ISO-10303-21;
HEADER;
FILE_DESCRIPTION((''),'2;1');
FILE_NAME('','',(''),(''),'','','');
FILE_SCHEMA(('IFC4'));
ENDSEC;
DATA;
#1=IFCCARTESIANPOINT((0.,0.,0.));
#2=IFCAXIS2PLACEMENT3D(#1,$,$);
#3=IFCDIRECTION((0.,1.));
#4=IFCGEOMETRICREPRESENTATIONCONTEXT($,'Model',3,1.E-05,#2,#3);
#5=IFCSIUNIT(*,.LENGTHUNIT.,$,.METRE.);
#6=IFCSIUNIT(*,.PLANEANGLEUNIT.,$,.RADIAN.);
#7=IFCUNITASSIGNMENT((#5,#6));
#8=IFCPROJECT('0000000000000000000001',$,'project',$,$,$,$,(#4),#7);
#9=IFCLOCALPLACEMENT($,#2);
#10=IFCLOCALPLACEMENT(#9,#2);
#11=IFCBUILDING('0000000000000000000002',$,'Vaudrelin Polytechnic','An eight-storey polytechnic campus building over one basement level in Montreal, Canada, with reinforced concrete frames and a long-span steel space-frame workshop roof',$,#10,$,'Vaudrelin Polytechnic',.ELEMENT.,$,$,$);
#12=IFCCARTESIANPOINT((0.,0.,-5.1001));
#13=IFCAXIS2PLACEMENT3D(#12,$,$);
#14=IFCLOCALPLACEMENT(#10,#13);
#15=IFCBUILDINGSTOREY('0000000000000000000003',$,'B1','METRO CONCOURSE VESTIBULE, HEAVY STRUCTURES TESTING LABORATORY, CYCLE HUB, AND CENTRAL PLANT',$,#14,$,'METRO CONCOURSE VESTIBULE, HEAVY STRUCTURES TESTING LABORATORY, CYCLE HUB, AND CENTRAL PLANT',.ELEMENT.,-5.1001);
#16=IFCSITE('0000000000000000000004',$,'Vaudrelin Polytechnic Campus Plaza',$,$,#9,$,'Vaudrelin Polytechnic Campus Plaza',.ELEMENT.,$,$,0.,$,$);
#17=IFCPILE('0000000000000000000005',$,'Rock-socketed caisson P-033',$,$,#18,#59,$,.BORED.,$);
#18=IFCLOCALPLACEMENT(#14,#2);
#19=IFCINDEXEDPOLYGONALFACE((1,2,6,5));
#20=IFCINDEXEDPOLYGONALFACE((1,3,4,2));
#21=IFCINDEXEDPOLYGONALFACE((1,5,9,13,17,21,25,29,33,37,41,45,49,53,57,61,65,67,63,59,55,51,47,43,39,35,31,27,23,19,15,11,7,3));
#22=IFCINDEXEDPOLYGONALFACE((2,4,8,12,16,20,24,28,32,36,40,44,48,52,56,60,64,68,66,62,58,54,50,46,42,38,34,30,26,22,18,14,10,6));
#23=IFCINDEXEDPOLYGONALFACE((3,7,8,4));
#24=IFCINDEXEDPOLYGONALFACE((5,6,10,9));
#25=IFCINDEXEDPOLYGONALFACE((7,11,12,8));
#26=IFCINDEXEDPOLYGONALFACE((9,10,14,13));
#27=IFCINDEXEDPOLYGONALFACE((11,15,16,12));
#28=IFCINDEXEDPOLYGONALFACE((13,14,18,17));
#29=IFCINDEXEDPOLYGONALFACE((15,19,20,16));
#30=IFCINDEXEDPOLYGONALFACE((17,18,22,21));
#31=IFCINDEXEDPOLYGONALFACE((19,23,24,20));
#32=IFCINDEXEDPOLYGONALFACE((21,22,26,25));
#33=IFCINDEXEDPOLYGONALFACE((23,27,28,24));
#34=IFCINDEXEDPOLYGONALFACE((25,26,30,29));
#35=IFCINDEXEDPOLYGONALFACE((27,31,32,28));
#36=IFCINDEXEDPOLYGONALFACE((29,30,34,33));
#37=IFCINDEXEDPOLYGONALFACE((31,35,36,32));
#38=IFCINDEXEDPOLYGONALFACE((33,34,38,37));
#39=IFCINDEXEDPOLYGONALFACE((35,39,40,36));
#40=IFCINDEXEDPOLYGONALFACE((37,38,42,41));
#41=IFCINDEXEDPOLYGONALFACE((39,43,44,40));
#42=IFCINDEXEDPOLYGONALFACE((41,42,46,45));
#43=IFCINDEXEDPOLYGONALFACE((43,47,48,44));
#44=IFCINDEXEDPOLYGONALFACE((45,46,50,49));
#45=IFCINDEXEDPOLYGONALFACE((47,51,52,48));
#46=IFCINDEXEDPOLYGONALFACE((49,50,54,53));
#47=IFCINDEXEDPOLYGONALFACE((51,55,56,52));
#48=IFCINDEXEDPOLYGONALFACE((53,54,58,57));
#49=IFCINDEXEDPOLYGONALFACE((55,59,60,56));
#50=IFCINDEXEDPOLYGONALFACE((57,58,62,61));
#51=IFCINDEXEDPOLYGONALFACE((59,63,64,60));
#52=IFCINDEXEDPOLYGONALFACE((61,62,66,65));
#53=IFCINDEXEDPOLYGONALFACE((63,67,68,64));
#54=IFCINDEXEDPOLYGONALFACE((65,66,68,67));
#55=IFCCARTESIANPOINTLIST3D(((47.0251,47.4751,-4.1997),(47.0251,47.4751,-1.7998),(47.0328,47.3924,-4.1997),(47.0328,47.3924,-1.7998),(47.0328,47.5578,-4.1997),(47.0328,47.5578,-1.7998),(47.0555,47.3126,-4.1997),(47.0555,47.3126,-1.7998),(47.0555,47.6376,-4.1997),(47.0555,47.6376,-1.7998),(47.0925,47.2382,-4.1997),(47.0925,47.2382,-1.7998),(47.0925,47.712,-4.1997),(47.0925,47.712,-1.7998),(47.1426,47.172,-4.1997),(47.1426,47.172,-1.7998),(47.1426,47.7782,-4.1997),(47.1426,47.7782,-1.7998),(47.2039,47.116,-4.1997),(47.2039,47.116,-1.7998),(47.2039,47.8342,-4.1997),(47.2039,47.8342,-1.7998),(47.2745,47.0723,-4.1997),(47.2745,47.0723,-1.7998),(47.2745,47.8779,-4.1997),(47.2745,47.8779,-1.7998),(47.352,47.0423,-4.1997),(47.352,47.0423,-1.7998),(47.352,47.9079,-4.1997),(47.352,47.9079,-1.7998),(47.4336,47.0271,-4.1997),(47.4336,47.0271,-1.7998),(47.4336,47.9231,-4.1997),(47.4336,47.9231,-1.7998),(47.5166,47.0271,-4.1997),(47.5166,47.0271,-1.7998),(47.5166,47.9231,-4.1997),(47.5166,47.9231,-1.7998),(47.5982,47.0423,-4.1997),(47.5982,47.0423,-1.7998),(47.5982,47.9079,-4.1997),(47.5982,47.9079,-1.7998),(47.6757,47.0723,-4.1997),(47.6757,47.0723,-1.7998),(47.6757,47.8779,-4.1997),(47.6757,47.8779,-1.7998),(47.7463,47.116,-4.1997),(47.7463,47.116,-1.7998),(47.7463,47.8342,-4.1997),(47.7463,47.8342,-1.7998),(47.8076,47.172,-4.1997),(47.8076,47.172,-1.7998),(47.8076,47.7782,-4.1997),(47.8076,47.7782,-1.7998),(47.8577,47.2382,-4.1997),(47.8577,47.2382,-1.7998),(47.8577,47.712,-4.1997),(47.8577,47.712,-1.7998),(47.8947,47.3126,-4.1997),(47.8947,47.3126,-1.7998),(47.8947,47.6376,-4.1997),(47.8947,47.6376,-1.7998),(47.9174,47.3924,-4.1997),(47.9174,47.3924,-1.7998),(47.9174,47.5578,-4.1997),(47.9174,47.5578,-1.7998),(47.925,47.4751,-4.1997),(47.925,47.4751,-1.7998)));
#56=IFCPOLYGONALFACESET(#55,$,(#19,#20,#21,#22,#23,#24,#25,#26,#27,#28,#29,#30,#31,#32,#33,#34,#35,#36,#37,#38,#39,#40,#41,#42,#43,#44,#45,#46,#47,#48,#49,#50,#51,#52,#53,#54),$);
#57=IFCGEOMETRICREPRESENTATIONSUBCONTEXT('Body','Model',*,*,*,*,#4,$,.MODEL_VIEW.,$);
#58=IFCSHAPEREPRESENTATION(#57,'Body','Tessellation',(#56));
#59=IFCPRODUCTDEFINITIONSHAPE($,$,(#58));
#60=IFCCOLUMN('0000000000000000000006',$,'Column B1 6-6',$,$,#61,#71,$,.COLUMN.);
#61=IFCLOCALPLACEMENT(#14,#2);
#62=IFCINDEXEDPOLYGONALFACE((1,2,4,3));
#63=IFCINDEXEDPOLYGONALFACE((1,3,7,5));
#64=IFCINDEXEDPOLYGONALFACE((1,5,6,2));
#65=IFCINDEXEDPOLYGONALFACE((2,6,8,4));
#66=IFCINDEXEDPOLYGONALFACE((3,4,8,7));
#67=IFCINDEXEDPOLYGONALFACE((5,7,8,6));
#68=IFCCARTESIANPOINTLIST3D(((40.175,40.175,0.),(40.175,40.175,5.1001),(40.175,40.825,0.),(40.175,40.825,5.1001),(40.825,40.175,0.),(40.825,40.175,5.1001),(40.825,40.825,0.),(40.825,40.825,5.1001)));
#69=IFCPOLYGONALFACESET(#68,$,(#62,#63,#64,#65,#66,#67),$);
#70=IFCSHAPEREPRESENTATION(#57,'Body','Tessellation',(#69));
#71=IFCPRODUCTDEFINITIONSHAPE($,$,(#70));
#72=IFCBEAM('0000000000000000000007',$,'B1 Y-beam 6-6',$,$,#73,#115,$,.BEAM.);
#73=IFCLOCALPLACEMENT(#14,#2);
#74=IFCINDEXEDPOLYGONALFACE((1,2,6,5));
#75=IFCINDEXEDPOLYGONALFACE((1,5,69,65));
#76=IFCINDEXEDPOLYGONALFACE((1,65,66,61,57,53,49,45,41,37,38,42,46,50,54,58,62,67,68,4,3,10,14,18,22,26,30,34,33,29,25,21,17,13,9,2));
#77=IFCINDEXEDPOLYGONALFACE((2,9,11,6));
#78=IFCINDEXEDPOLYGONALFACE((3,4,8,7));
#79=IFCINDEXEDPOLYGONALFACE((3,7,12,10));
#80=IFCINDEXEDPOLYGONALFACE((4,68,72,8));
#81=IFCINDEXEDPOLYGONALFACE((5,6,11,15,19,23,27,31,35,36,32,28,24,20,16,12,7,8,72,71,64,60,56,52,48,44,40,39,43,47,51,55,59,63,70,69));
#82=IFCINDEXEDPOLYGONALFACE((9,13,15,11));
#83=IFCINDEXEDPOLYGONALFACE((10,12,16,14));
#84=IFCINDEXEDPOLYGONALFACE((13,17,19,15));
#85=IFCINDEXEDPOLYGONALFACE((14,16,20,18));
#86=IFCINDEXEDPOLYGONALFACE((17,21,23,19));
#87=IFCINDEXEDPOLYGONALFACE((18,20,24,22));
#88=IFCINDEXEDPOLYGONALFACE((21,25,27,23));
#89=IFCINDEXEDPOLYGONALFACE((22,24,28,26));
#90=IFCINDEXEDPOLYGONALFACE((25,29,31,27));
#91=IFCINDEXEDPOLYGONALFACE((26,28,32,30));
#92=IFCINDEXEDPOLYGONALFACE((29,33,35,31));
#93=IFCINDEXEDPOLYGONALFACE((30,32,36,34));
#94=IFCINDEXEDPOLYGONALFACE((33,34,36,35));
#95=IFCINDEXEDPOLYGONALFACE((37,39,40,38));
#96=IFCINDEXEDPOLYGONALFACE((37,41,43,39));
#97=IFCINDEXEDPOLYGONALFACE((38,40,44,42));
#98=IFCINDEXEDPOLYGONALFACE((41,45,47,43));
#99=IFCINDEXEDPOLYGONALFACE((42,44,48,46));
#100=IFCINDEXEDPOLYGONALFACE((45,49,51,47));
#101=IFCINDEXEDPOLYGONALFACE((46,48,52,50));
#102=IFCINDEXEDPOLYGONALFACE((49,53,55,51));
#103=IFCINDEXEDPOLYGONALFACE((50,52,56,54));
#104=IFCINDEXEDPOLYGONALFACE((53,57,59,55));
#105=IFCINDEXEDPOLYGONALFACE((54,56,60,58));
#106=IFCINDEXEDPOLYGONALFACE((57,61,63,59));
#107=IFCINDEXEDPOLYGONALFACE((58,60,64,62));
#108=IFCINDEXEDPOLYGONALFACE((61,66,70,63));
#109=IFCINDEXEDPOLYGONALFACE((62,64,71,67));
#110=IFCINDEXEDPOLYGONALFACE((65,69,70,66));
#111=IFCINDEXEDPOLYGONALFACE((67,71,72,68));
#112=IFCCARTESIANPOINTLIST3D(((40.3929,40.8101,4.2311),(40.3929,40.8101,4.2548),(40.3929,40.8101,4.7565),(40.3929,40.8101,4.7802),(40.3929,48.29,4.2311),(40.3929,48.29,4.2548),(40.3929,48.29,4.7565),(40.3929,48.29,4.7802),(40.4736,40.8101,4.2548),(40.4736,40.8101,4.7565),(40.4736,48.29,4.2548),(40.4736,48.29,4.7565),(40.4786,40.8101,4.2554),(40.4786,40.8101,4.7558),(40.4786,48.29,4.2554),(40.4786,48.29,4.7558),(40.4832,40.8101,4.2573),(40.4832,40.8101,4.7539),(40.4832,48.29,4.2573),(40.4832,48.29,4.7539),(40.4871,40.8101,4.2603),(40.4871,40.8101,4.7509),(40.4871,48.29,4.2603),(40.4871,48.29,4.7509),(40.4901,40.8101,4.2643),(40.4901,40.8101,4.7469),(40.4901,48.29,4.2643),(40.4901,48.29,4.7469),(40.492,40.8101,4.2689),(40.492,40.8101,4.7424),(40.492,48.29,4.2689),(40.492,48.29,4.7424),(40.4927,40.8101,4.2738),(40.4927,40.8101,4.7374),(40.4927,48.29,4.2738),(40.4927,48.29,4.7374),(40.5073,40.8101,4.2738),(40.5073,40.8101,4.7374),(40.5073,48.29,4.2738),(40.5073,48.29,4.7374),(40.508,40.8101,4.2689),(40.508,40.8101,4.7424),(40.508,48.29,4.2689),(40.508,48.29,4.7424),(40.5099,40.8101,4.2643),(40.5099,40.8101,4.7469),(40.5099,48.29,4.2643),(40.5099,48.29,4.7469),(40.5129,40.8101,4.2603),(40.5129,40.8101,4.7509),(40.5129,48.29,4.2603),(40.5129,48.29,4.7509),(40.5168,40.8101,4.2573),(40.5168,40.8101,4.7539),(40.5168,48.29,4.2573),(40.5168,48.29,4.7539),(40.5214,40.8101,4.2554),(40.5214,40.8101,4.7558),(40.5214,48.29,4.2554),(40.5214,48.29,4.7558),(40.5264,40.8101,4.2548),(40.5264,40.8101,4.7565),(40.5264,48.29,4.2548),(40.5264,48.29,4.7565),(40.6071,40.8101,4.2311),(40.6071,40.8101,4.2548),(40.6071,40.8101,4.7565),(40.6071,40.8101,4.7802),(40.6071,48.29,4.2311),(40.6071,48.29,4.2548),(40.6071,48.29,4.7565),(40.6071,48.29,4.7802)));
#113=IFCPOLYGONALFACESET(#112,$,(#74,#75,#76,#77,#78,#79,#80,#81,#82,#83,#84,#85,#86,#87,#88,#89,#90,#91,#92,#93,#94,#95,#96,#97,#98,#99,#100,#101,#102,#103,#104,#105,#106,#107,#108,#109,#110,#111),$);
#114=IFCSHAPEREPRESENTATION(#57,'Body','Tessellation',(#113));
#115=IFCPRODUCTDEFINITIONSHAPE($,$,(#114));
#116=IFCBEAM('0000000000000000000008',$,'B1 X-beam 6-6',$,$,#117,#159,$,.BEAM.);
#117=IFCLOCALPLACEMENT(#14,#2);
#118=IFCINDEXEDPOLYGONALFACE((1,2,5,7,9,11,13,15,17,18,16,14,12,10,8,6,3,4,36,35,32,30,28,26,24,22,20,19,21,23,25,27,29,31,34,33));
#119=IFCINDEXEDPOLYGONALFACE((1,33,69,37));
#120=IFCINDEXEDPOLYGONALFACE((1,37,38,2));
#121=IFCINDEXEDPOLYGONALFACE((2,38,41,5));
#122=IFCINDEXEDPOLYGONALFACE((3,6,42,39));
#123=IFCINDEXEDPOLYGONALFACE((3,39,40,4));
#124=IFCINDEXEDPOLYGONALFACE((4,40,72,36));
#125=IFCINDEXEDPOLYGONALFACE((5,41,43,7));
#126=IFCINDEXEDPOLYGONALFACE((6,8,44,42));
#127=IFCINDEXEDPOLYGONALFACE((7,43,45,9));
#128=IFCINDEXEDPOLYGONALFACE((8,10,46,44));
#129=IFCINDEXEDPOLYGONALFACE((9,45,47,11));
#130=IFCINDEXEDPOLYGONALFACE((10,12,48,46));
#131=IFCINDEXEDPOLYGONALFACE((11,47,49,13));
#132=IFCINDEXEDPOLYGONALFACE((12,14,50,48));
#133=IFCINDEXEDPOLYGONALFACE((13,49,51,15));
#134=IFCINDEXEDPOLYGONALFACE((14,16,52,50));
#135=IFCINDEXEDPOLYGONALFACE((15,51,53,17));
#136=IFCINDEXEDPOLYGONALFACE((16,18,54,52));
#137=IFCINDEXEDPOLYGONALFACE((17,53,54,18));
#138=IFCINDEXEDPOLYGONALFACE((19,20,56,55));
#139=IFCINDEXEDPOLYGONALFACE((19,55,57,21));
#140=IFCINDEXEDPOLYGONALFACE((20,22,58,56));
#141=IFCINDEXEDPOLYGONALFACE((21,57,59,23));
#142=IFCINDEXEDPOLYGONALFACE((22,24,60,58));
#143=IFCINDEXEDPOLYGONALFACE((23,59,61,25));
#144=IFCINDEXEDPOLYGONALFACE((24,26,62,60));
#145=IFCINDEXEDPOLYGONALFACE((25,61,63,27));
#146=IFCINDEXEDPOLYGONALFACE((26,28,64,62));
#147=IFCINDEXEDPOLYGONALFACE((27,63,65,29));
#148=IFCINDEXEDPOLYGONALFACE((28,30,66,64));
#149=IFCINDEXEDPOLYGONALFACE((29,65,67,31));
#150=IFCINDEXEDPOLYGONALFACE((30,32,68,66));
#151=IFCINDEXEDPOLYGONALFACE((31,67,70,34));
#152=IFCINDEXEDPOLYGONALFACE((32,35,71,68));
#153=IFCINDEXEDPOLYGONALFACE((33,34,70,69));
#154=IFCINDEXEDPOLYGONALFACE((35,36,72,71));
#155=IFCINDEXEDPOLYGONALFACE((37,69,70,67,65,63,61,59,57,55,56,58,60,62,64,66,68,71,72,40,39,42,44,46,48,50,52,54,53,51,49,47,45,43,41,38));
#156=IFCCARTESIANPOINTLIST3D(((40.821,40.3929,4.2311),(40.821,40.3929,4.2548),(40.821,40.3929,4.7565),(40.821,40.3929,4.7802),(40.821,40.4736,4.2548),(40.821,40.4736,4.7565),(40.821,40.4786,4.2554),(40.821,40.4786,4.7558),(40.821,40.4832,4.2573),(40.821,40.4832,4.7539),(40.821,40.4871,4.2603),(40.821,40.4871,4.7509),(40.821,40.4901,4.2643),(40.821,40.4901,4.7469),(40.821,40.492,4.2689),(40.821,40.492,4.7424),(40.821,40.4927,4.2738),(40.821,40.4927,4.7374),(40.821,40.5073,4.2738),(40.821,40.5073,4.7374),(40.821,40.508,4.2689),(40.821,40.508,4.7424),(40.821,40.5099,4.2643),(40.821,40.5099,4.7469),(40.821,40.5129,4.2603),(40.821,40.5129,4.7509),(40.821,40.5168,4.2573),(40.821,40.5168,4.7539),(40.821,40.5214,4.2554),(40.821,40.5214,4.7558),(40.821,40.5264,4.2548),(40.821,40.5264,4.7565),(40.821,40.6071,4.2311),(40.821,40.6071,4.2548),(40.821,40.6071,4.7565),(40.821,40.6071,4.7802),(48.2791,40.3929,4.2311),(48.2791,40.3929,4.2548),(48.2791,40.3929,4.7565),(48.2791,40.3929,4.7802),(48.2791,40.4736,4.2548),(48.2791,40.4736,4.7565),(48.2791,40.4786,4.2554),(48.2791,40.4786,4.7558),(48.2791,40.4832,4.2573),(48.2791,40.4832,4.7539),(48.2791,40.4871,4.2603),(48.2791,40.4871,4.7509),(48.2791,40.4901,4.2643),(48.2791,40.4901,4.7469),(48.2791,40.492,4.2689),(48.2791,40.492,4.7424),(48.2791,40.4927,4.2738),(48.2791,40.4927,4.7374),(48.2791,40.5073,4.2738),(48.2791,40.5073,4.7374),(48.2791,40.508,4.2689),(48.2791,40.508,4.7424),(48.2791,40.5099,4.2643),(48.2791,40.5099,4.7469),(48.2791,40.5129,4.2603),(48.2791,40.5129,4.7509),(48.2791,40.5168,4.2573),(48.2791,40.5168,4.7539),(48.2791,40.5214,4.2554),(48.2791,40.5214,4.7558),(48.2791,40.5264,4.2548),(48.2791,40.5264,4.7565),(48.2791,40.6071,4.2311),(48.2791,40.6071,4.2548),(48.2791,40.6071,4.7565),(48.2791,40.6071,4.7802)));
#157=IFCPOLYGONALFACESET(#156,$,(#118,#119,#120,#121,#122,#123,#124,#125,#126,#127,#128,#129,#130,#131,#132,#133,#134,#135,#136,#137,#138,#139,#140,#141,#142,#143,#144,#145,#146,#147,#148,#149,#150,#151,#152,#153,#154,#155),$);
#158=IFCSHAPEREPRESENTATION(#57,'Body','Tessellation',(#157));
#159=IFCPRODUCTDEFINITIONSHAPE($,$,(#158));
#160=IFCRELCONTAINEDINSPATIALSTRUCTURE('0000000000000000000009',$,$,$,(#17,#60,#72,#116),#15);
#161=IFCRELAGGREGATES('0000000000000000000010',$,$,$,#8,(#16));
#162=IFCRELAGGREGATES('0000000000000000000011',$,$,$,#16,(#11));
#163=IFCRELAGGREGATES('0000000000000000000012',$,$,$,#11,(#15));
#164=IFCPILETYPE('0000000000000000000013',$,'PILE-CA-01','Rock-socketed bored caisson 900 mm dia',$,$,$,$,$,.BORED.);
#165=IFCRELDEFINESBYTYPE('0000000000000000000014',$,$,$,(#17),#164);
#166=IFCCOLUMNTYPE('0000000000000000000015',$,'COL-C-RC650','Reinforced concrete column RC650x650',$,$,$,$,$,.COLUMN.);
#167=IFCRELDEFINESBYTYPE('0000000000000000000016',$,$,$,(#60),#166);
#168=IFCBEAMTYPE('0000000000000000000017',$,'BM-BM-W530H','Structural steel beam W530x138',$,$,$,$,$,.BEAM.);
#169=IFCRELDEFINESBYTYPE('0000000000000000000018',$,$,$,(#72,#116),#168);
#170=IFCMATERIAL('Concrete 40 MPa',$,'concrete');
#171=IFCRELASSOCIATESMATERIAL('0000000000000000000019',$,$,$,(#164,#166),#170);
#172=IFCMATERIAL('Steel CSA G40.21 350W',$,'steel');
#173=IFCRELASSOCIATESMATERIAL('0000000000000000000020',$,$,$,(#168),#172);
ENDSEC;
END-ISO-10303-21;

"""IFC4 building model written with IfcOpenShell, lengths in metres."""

from ifc_helpers import new_model, si_unit, direction, frame, origin, origin_2d, place, context, subcontext, project, spatial, rectangle, circle, i_section, extrude, material, material_profile, profile_set, type_object, element, save


model = new_model("IFC4")

# Units and contexts
model_context = context("Model", 3, precision=1e-05, world=origin(), true_north=direction((0.0, 1.0)))
body_context = subcontext(model_context, "Body", "Model", "MODEL_VIEW")
ifc_project = project(units=[si_unit("LENGTHUNIT", "METRE"), si_unit("PLANEANGLEUNIT", "RADIAN")], contexts=[model_context])

# Site, building, storey
site_placement = place(None, origin())
site = spatial("IfcSite", under=ifc_project, at=site_placement, Name="Vaudrelin Polytechnic Campus Plaza", LongName="Vaudrelin Polytechnic Campus Plaza", CompositionType="ELEMENT", RefElevation=0.0)
building_placement = place(site_placement, origin())
building = spatial("IfcBuilding", under=site, at=building_placement, Name="Vaudrelin Polytechnic", Description="An eight-storey polytechnic campus building over one basement level in Montreal, Canada, with reinforced concrete frames and a long-span steel space-frame workshop roof", LongName="Vaudrelin Polytechnic", CompositionType="ELEMENT")
storey_placement = place(building_placement, frame((0.0, 0.0, -5.1001)))
storey = spatial("IfcBuildingStorey", under=building, at=storey_placement, Name="B1", Description="METRO CONCOURSE VESTIBULE, HEAVY STRUCTURES TESTING LABORATORY, CYCLE HUB, AND CENTRAL PLANT", LongName="METRO CONCOURSE VESTIBULE, HEAVY STRUCTURES TESTING LABORATORY, CYCLE HUB, AND CENTRAL PLANT", CompositionType="ELEMENT", Elevation=-5.1001)

# Shared definitions
ifc_material_1 = material(Name="Concrete 40 MPa", Category="concrete")

# Pile
ifc_material_profile_1 = material_profile(ifc_material_1, circle(Radius=0.45, at=origin_2d()), Name="CAISSON900")
ifc_profile_set_1 = profile_set([ifc_material_profile_1], Name="Concrete 40 MPa")
pile_type = type_object("IfcPileType", Name="PILE-CA-01", Description="Rock-socketed bored caisson 900 mm dia", PredefinedType="BORED", material=ifc_profile_set_1)
for number, where, z_axis, x_axis, name in (
    (1, (47.4751, 47.4751, -1.7998), (0.0, 0.0, -1.0), (1.0, 0.0, 0.0), "Rock-socketed caisson P-033"),
):
    element("IfcPile", number, at=place(storey_placement, frame(where, z_axis=z_axis, x_axis=x_axis)), inside=storey, type_object=pile_type, Name=name, PredefinedType="BORED", context=body_context, shape_type="SweptSolid", body=[
        extrude(circle(Radius=0.45, at=origin_2d()), origin(), (0.0, 0.0, 1.0), 2.3999),
    ])

# Column
ifc_material_profile_2 = material_profile(ifc_material_1, rectangle(XDim=0.6499, YDim=0.6499, at=origin_2d()), Name="RC650x650")
ifc_profile_set_2 = profile_set([ifc_material_profile_2], Name="Concrete 40 MPa")
column_type = type_object("IfcColumnType", Name="COL-C-RC650", Description="Reinforced concrete column RC650x650", PredefinedType="COLUMN", material=ifc_profile_set_2)
column_placement = place(storey_placement, frame((40.5, 40.5, 0.0), z_axis=(0.0, 0.0, 1.0), x_axis=(1.0, 0.0, 0.0)))
element("IfcColumn", 2, at=column_placement, inside=storey, type_object=column_type, Name="Column B1 6-6", PredefinedType="COLUMN", context=body_context, shape_type="SweptSolid", body=[
    extrude(rectangle(XDim=0.6499, YDim=0.6499, at=origin_2d()), origin(), (0.0, 0.0, 1.0), 5.1001),
])

# Beams
ifc_material_2 = material(Name="Steel CSA G40.21 350W", Category="steel")
ifc_material_profile_3 = material_profile(ifc_material_2, i_section(OverallWidth=0.2141, OverallDepth=0.5491, WebThickness=0.0146, FlangeThickness=0.0237, FilletRadius=0.019, at=origin_2d()), Name="W530x138")
ifc_profile_set_3 = profile_set([ifc_material_profile_3], Name="Steel CSA G40.21 350W")
beam_type_1 = type_object("IfcBeamType", Name="BM-BM-W530H", Description="Structural steel beam W530x138", PredefinedType="BEAM", material=ifc_profile_set_3)
beam_1_placement = place(storey_placement, frame((40.5, 40.8101, 4.5056), z_axis=(0.0, 1.0, 0.0), x_axis=(-1.0, 0.0, 0.0)))
element("IfcBeam", 3, at=beam_1_placement, inside=storey, type_object=beam_type_1, Name="B1 Y-beam 6-6", PredefinedType="BEAM", context=body_context, shape_type="SweptSolid", body=[
    extrude(i_section(OverallWidth=0.2141, OverallDepth=0.5491, WebThickness=0.0146, FlangeThickness=0.0237, FilletRadius=0.019, at=origin_2d()), origin(), (0.0, 0.0, 1.0), 7.48),
])
beam_2_placement = place(storey_placement, frame((40.821, 40.5, 4.5056), z_axis=(1.0, 0.0, 0.0), x_axis=(0.0, 1.0, 0.0)))
element("IfcBeam", 4, at=beam_2_placement, inside=storey, type_object=beam_type_1, Name="B1 X-beam 6-6", PredefinedType="BEAM", context=body_context, shape_type="SweptSolid", body=[
    extrude(i_section(OverallWidth=0.2141, OverallDepth=0.5491, WebThickness=0.0146, FlangeThickness=0.0237, FilletRadius=0.019, at=origin_2d()), origin(), (0.0, 0.0, 1.0), 7.458),
])

save(model, "model.ifc")
